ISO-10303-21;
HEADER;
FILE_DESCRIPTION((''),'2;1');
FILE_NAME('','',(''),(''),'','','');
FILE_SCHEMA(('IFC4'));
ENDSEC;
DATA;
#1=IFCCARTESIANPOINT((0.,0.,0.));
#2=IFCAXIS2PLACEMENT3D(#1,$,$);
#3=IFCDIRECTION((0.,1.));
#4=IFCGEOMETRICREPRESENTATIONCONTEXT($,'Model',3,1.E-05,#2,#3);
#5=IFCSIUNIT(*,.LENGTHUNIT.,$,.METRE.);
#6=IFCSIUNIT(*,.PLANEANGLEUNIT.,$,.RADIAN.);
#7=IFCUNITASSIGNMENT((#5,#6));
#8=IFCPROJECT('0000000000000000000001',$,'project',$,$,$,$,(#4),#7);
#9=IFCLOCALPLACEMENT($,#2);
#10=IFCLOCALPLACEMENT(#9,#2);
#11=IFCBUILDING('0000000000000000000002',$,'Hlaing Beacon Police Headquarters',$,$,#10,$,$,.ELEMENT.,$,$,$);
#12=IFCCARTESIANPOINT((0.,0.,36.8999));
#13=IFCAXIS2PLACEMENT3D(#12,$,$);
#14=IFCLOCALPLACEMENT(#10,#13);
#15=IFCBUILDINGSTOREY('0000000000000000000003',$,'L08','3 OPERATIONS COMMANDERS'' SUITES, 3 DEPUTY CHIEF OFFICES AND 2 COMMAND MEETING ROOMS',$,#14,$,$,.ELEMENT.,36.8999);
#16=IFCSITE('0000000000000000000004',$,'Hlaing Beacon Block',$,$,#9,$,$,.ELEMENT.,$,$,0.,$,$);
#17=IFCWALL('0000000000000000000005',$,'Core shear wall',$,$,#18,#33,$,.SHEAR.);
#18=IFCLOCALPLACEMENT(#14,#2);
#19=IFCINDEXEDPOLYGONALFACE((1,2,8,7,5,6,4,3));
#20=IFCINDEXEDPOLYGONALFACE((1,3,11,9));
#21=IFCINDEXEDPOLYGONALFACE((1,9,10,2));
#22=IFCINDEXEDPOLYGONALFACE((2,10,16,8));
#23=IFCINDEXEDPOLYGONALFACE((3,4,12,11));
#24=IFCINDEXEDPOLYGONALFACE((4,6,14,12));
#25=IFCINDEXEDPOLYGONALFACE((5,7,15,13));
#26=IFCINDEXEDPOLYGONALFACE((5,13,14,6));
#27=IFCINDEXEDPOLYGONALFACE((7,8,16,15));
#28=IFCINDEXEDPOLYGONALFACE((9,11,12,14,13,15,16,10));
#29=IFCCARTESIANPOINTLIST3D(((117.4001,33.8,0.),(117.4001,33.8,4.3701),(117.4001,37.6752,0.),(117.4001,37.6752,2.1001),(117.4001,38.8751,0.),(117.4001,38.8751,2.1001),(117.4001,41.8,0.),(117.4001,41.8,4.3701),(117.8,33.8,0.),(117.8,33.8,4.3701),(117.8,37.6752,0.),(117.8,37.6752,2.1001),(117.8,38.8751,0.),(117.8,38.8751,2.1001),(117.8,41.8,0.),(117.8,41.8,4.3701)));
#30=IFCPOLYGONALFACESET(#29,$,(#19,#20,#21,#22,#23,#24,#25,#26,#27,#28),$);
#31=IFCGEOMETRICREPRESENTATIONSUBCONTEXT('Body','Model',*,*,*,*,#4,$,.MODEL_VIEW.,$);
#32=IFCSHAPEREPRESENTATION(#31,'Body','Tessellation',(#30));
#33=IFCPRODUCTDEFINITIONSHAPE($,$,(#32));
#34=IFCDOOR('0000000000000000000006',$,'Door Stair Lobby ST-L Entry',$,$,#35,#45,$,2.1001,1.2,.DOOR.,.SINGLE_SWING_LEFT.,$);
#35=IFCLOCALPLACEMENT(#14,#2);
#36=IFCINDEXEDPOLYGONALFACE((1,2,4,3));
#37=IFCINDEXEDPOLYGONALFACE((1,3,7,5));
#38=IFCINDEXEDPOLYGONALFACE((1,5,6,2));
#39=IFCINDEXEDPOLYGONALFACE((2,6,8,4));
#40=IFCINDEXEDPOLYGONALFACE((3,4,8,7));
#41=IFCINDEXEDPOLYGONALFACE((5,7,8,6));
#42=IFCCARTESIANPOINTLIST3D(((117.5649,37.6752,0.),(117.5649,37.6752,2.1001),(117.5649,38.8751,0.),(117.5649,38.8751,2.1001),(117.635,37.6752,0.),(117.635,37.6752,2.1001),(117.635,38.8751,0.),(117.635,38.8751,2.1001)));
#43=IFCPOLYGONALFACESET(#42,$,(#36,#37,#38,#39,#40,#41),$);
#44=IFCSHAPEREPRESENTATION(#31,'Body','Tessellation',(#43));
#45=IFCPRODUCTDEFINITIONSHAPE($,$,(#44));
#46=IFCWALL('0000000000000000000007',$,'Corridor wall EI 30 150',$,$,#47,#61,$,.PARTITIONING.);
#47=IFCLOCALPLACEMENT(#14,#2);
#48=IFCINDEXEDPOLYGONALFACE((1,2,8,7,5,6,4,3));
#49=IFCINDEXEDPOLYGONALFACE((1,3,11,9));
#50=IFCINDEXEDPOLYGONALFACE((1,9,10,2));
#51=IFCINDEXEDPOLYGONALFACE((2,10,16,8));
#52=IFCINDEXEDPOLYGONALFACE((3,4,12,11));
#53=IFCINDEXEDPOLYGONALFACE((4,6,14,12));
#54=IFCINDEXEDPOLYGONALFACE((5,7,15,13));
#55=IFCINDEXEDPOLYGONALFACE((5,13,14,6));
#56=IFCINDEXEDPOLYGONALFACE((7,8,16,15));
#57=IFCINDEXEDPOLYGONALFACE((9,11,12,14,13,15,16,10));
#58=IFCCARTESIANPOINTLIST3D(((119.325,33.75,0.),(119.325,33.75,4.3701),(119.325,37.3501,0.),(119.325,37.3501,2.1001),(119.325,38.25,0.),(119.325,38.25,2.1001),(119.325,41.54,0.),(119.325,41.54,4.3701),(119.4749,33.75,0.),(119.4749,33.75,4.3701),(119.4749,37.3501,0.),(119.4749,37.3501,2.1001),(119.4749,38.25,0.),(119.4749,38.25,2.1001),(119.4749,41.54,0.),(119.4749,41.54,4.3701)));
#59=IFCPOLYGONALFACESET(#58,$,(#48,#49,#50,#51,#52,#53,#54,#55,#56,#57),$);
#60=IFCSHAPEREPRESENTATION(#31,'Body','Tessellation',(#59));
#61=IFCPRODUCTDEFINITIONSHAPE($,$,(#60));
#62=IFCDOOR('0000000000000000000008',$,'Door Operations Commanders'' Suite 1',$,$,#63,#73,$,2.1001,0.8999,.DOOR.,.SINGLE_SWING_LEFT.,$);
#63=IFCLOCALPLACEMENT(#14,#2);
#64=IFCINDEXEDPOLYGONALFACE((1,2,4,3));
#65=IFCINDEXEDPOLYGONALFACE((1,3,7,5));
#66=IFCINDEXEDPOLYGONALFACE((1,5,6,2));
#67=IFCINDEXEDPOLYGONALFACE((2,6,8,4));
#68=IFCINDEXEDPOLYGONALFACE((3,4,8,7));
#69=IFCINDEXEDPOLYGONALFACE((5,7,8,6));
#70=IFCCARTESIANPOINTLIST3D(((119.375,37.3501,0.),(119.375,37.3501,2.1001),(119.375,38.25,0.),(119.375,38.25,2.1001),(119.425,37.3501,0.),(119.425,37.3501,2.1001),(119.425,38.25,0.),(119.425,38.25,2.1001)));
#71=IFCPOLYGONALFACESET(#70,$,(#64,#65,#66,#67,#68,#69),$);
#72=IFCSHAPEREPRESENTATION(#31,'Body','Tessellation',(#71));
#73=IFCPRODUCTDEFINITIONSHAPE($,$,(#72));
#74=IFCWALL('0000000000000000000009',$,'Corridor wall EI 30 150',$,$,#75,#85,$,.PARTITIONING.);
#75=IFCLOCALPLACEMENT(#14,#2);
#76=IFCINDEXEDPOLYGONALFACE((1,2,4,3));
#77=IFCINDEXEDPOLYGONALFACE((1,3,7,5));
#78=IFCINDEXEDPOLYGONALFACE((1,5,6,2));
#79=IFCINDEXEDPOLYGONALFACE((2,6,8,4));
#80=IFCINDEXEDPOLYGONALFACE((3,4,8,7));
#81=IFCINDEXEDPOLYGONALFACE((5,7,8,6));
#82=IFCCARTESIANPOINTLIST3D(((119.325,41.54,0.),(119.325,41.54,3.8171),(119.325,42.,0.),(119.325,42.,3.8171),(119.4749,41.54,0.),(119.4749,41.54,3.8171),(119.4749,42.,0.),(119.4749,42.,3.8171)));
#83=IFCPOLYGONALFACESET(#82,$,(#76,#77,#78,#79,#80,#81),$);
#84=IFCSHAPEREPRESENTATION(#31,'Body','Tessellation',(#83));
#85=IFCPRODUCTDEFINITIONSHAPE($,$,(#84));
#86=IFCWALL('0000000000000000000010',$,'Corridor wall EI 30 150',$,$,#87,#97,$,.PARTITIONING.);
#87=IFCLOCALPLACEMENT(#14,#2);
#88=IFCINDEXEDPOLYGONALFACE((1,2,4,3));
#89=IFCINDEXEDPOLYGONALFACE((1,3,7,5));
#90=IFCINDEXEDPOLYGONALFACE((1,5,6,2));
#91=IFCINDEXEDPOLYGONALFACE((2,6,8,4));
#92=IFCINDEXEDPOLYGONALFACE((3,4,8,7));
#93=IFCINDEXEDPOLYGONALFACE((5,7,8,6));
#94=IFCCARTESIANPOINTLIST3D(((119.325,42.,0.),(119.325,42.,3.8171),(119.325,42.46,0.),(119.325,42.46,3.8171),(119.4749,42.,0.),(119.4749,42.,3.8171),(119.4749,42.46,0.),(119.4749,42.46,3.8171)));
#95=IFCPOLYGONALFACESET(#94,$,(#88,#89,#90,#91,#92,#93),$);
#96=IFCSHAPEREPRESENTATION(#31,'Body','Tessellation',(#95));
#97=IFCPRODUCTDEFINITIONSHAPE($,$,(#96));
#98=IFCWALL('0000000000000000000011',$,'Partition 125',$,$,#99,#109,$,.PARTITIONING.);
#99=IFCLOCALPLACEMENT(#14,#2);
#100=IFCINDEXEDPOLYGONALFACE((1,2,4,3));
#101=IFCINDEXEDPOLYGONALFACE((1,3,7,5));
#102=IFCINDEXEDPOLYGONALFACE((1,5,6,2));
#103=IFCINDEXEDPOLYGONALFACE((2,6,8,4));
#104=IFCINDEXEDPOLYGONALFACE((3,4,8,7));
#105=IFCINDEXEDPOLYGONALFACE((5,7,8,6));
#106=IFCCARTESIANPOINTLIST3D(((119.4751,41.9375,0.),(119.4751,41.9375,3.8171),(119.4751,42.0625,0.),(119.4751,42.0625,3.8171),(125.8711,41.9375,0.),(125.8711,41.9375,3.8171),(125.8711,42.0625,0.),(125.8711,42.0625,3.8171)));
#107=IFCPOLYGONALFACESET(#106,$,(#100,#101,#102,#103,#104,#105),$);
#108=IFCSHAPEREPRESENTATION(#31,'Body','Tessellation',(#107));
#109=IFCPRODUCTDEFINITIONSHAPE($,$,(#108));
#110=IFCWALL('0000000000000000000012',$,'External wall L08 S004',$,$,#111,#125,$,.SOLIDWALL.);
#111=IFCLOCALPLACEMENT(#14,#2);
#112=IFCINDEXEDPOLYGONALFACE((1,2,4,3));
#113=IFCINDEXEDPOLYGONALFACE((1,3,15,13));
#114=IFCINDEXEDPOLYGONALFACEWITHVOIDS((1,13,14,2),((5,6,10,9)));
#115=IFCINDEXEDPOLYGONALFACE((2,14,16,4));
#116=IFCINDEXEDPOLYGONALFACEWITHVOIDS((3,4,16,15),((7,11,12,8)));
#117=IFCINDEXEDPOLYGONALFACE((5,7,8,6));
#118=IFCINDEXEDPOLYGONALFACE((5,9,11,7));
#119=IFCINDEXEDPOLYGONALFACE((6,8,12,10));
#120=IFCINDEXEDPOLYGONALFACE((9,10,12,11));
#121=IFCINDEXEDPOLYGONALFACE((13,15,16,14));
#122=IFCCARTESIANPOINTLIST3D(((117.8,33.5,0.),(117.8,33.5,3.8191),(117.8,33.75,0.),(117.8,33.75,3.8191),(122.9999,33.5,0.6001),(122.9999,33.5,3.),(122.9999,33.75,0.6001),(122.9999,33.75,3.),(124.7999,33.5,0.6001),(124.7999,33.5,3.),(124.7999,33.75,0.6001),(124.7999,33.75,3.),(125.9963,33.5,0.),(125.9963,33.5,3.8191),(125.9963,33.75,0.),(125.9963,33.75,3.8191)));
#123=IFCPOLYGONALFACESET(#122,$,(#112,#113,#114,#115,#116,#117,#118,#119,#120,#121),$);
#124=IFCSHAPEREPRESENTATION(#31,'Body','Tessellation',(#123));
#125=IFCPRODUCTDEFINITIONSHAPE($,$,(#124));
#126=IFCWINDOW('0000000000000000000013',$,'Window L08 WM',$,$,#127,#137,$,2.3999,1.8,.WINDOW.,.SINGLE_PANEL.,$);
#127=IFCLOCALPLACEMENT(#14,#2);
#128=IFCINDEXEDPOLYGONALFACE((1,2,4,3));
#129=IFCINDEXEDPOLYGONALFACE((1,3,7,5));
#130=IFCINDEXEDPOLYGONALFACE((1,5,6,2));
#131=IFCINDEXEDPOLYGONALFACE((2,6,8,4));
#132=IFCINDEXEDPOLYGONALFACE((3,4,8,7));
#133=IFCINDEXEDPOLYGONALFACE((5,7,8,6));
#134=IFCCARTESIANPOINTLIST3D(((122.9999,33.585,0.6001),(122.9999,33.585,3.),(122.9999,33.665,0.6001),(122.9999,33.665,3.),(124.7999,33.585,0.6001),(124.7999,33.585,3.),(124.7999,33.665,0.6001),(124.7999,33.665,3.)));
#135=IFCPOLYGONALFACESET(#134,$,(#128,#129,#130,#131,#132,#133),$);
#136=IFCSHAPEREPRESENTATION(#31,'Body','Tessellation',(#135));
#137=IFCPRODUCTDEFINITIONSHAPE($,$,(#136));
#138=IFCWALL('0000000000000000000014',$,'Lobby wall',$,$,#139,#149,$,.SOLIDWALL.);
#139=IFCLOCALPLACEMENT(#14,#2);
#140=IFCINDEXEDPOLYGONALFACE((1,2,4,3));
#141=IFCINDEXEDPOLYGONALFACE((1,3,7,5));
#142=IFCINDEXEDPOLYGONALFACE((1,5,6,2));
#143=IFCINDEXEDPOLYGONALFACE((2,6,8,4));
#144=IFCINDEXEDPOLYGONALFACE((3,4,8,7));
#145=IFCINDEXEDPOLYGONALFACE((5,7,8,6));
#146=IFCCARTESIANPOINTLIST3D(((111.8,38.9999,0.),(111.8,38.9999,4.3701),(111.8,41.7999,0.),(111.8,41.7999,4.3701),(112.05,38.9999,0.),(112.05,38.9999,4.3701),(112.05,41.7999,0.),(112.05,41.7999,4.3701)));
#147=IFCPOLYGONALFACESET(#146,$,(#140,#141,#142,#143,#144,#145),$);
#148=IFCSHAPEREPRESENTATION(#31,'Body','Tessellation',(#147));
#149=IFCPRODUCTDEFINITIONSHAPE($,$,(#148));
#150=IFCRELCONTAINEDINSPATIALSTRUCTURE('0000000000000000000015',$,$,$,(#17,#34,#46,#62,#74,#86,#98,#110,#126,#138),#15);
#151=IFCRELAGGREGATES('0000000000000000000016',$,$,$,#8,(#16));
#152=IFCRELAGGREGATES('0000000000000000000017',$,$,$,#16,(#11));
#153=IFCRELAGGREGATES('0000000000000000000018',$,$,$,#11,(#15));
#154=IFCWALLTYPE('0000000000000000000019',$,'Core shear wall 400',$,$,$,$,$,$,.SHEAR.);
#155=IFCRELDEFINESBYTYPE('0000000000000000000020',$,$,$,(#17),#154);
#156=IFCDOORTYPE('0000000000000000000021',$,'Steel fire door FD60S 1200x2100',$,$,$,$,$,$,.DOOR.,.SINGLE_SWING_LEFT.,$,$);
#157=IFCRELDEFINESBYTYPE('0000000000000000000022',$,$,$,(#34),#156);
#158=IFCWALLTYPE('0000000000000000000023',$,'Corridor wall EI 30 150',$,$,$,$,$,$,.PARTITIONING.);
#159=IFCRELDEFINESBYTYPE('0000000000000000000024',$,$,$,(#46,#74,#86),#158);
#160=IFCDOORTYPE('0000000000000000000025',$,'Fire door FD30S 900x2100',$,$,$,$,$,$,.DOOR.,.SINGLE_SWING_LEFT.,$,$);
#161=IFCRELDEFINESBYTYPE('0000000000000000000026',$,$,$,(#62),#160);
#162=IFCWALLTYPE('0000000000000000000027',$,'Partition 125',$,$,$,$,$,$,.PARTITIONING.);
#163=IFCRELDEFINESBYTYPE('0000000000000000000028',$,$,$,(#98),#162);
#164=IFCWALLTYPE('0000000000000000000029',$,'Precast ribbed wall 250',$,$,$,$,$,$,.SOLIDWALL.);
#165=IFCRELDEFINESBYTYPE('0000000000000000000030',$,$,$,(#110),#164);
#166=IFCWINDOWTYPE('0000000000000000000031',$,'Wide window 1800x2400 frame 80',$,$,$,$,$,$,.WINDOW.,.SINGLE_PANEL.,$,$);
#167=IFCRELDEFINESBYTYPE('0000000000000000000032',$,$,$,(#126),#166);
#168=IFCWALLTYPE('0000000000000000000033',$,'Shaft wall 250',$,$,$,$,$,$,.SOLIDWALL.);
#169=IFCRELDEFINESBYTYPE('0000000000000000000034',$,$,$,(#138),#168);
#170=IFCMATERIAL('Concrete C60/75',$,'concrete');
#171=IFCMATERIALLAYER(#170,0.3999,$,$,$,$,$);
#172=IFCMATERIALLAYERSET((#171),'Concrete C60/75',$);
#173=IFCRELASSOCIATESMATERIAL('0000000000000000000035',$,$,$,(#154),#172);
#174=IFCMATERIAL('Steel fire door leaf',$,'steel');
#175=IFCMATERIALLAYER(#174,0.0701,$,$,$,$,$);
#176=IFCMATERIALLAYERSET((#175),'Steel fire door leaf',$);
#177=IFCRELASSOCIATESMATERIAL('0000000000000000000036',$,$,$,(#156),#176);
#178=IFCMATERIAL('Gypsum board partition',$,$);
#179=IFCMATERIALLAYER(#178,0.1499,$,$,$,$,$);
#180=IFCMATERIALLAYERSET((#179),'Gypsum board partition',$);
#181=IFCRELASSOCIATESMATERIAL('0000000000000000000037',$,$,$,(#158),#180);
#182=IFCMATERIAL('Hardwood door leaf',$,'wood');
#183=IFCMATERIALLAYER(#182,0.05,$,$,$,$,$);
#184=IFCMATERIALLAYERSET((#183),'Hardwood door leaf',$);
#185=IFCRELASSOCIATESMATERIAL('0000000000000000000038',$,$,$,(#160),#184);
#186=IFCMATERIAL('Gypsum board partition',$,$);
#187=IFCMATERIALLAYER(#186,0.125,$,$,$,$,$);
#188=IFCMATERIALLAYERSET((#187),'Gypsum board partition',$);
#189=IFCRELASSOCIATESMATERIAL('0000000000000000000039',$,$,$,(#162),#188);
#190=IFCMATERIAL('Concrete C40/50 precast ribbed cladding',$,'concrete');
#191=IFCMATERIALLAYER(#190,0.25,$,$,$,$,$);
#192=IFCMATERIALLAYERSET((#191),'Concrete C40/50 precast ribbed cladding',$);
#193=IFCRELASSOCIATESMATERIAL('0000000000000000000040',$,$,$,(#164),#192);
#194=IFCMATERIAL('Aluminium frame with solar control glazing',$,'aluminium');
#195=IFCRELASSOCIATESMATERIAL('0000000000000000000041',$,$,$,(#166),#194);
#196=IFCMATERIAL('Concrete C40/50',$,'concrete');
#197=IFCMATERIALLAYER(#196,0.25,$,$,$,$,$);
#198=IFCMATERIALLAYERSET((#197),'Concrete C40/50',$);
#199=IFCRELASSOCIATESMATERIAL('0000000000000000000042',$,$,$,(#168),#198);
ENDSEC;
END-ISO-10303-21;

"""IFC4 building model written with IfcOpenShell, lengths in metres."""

from ifc_helpers import new_model, si_unit, direction, frame, frame_2d, origin, place, context, subcontext, project, spatial, rectangle, extrude, material, layer, layer_set, type_object, element, fill, save


model = new_model("IFC4")

# Units and contexts
model_context = context("Model", 3, precision=1e-05, world=origin(), true_north=direction((0.0, 1.0)))
body_context = subcontext(model_context, "Body", "Model", "MODEL_VIEW")
ifc_project = project(units=[si_unit("LENGTHUNIT", "METRE"), si_unit("PLANEANGLEUNIT", "RADIAN")], contexts=[model_context])

# Site, building, storey
site_placement = place(None, origin())
site = spatial("IfcSite", under=ifc_project, at=site_placement, Name="Hlaing Beacon Block", CompositionType="ELEMENT", RefElevation=0.0)
building_placement = place(site_placement, origin())
building = spatial("IfcBuilding", under=site, at=building_placement, Name="Hlaing Beacon Police Headquarters", CompositionType="ELEMENT")
storey_placement = place(building_placement, frame((0.0, 0.0, 36.8999)))
storey = spatial("IfcBuildingStorey", under=building, at=storey_placement, Name="L08", Description="3 OPERATIONS COMMANDERS' SUITES, 3 DEPUTY CHIEF OFFICES AND 2 COMMAND MEETING ROOMS", CompositionType="ELEMENT", Elevation=36.8999)

# Walls, openings, doors
ifc_material_1 = material(Name="Concrete C60/75", Category="concrete")
ifc_layer_1 = layer(ifc_material_1, 0.3999)
ifc_layer_set_1 = layer_set([ifc_layer_1], Name="Concrete C60/75")
wall_type_1 = type_object("IfcWallType", Name="Core shear wall 400", PredefinedType="SHEAR", material=ifc_layer_set_1)
wall_1_placement = place(storey_placement, frame((117.6001, 33.8, 0.0), z_axis=(0.0, 0.0, 1.0), x_axis=(0.0, 1.0, 0.0)))
wall_1 = element("IfcWall", 1, at=wall_1_placement, inside=storey, type_object=wall_type_1, Name="Core shear wall", PredefinedType="SHEAR", context=body_context, shape_type="SweptSolid", body=[
    extrude(rectangle(XDim=8.0, YDim=0.3999, at=frame_2d((4.0, 0.0))), origin(), (0.0, 0.0, 1.0), 4.3701),
])
opening_1_placement = place(wall_1_placement, frame((3.875, 0.0, 0.0)))
opening_1 = element("IfcOpeningElement", 2, at=opening_1_placement, cuts=wall_1, PredefinedType="OPENING", context=body_context, shape_type="SweptSolid", body=[
    extrude(rectangle(XDim=1.2, YDim=2.1001, at=frame_2d((0.6001, 1.05))), frame((0.0, 0.21, 0.0), z_axis=(0.0, -1.0, 0.0), x_axis=(1.0, 0.0, 0.0)), (0.0, 0.0, 1.0), 0.4199),
])
ifc_material_2 = material(Name="Steel fire door leaf", Category="steel")
ifc_layer_2 = layer(ifc_material_2, 0.0701)
ifc_layer_set_2 = layer_set([ifc_layer_2], Name="Steel fire door leaf")
door_type_1 = type_object("IfcDoorType", Name="Steel fire door FD60S 1200x2100", OperationType="SINGLE_SWING_LEFT", PredefinedType="DOOR", material=ifc_layer_set_2)
door_1_placement = place(opening_1_placement, origin())
door_1 = element("IfcDoor", 3, at=door_1_placement, inside=storey, type_object=door_type_1, Name="Door Stair Lobby ST-L Entry", OperationType="SINGLE_SWING_LEFT", OverallHeight=2.1001, OverallWidth=1.2, PredefinedType="DOOR", context=body_context, shape_type="SweptSolid", body=[
    extrude(rectangle(XDim=1.2, YDim=2.1001, at=frame_2d((0.6001, 1.05))), frame((0.0, 0.0352, 0.0), z_axis=(0.0, -1.0, 0.0), x_axis=(1.0, 0.0, 0.0)), (0.0, 0.0, 1.0), 0.0701),
])
fill(opening_1, door_1)
ifc_material_3 = material(Name="Gypsum board partition")
ifc_layer_3 = layer(ifc_material_3, 0.1499)
ifc_layer_set_3 = layer_set([ifc_layer_3], Name="Gypsum board partition")
wall_type_2 = type_object("IfcWallType", Name="Corridor wall EI 30 150", PredefinedType="PARTITIONING", material=ifc_layer_set_3)
wall_2_placement = place(storey_placement, frame((119.3999, 33.75, 0.0), z_axis=(0.0, 0.0, 1.0), x_axis=(0.0, 1.0, 0.0)))
wall_2 = element("IfcWall", 4, at=wall_2_placement, inside=storey, type_object=wall_type_2, Name="Corridor wall EI 30 150", PredefinedType="PARTITIONING", context=body_context, shape_type="SweptSolid", body=[
    extrude(rectangle(XDim=7.79, YDim=0.1499, at=frame_2d((3.895, 0.0))), origin(), (0.0, 0.0, 1.0), 4.3701),
])
opening_2_placement = place(wall_2_placement, frame((3.6001, 0.0, 0.0)))
opening_2 = element("IfcOpeningElement", 5, at=opening_2_placement, cuts=wall_2, PredefinedType="OPENING", context=body_context, shape_type="SweptSolid", body=[
    extrude(rectangle(XDim=0.8999, YDim=2.1001, at=frame_2d((0.45, 1.05))), frame((0.0, 0.085, 0.0), z_axis=(0.0, -1.0, 0.0), x_axis=(1.0, 0.0, 0.0)), (0.0, 0.0, 1.0), 0.1699),
])
ifc_material_4 = material(Name="Hardwood door leaf", Category="wood")
ifc_layer_4 = layer(ifc_material_4, 0.05)
ifc_layer_set_4 = layer_set([ifc_layer_4], Name="Hardwood door leaf")
door_type_2 = type_object("IfcDoorType", Name="Fire door FD30S 900x2100", OperationType="SINGLE_SWING_LEFT", PredefinedType="DOOR", material=ifc_layer_set_4)
door_2_placement = place(opening_2_placement, frame((0.8999, 0.0, 0.0), z_axis=(0.0, 0.0, 1.0), x_axis=(-1.0, 0.0, 0.0)))
door_2 = element("IfcDoor", 6, at=door_2_placement, inside=storey, type_object=door_type_2, Name="Door Operations Commanders' Suite 1", OperationType="SINGLE_SWING_LEFT", OverallHeight=2.1001, OverallWidth=0.8999, PredefinedType="DOOR", context=body_context, shape_type="SweptSolid", body=[
    extrude(rectangle(XDim=0.8999, YDim=2.1001, at=frame_2d((0.45, 1.05))), frame((0.0, 0.0251, 0.0), z_axis=(0.0, -1.0, 0.0), x_axis=(1.0, 0.0, 0.0)), (0.0, 0.0, 1.0), 0.05),
])
fill(opening_2, door_2)

# Walls
for number, where, z_axis, x_axis, name in (
    (7, (119.3999, 41.54, 0.0), (0.0, 0.0, 1.0), (0.0, 1.0, 0.0), "Corridor wall EI 30 150"),
    (8, (119.3999, 42.0, 0.0), (0.0, 0.0, 1.0), (0.0, 1.0, 0.0), "Corridor wall EI 30 150"),
):
    element("IfcWall", number, at=place(storey_placement, frame(where, z_axis=z_axis, x_axis=x_axis)), inside=storey, type_object=wall_type_2, Name=name, PredefinedType="PARTITIONING", context=body_context, shape_type="SweptSolid", body=[
        extrude(rectangle(XDim=0.46, YDim=0.1499, at=frame_2d((0.23, 0.0))), origin(), (0.0, 0.0, 1.0), 3.8171),
    ])
ifc_material_5 = material(Name="Gypsum board partition")
ifc_layer_5 = layer(ifc_material_5, 0.125)
ifc_layer_set_5 = layer_set([ifc_layer_5], Name="Gypsum board partition")
wall_type_3 = type_object("IfcWallType", Name="Partition 125", PredefinedType="PARTITIONING", material=ifc_layer_set_5)
wall_3_placement = place(storey_placement, frame((119.4751, 42.0, 0.0), z_axis=(0.0, 0.0, 1.0), x_axis=(1.0, 0.0, 0.0)))
element("IfcWall", 9, at=wall_3_placement, inside=storey, type_object=wall_type_3, Name="Partition 125", PredefinedType="PARTITIONING", context=body_context, shape_type="SweptSolid", body=[
    extrude(rectangle(XDim=6.396, YDim=0.125, at=frame_2d((3.198, 0.0))), origin(), (0.0, 0.0, 1.0), 3.8171),
])

# Wall, opening, window
ifc_material_6 = material(Name="Concrete C40/50 precast ribbed cladding", Category="concrete")
ifc_layer_6 = layer(ifc_material_6, 0.25)
ifc_layer_set_6 = layer_set([ifc_layer_6], Name="Concrete C40/50 precast ribbed cladding")
wall_type_4 = type_object("IfcWallType", Name="Precast ribbed wall 250", PredefinedType="SOLIDWALL", material=ifc_layer_set_6)
wall_4_placement = place(storey_placement, frame((117.8, 33.625, 0.0), z_axis=(0.0, 0.0, 1.0), x_axis=(1.0, 0.0, 0.0)))
wall_4 = element("IfcWall", 10, at=wall_4_placement, inside=storey, type_object=wall_type_4, Name="External wall L08 S004", PredefinedType="SOLIDWALL", context=body_context, shape_type="SweptSolid", body=[
    extrude(rectangle(XDim=8.1963, YDim=0.25, at=frame_2d((4.0981, 0.0))), origin(), (0.0, 0.0, 1.0), 3.8191),
])
opening_3_placement = place(wall_4_placement, frame((5.2, 0.0, 0.6001)))
opening_3 = element("IfcOpeningElement", 11, at=opening_3_placement, cuts=wall_4, PredefinedType="OPENING", context=body_context, shape_type="SweptSolid", body=[
    extrude(rectangle(XDim=1.8, YDim=2.3999, at=frame_2d((0.8999, 1.2))), frame((0.0, 0.135, 0.0), z_axis=(0.0, -1.0, 0.0), x_axis=(1.0, 0.0, 0.0)), (0.0, 0.0, 1.0), 0.27),
])
ifc_material_7 = material(Name="Aluminium frame with solar control glazing", Category="aluminium")
window_type = type_object("IfcWindowType", Name="Wide window 1800x2400 frame 80", PartitioningType="SINGLE_PANEL", PredefinedType="WINDOW", material=ifc_material_7)
window_placement = place(opening_3_placement, origin())
window = element("IfcWindow", 12, at=window_placement, inside=storey, type_object=window_type, Name="Window L08 WM", OverallHeight=2.3999, OverallWidth=1.8, PartitioningType="SINGLE_PANEL", PredefinedType="WINDOW", context=body_context, shape_type="SweptSolid", body=[
    extrude(rectangle(XDim=1.8, YDim=2.3999, at=frame_2d((0.8999, 1.2))), frame((0.0, 0.04, 0.0), z_axis=(0.0, -1.0, 0.0), x_axis=(1.0, 0.0, 0.0)), (0.0, 0.0, 1.0), 0.0801),
])
fill(opening_3, window)

# Wall
ifc_material_8 = material(Name="Concrete C40/50", Category="concrete")
ifc_layer_7 = layer(ifc_material_8, 0.25)
ifc_layer_set_7 = layer_set([ifc_layer_7], Name="Concrete C40/50")
wall_type_5 = type_object("IfcWallType", Name="Shaft wall 250", PredefinedType="SOLIDWALL", material=ifc_layer_set_7)
wall_5_placement = place(storey_placement, frame((111.925, 39.0, 0.0), z_axis=(0.0, 0.0, 1.0), x_axis=(0.0, 1.0, 0.0)))
element("IfcWall", 13, at=wall_5_placement, inside=storey, type_object=wall_type_5, Name="Lobby wall", PredefinedType="SOLIDWALL", context=body_context, shape_type="SweptSolid", body=[
    extrude(rectangle(XDim=2.8, YDim=0.25, at=frame_2d((1.3999, 0.0))), origin(), (0.0, 0.0, 1.0), 4.3701),
])

save(model, "model.ifc")
